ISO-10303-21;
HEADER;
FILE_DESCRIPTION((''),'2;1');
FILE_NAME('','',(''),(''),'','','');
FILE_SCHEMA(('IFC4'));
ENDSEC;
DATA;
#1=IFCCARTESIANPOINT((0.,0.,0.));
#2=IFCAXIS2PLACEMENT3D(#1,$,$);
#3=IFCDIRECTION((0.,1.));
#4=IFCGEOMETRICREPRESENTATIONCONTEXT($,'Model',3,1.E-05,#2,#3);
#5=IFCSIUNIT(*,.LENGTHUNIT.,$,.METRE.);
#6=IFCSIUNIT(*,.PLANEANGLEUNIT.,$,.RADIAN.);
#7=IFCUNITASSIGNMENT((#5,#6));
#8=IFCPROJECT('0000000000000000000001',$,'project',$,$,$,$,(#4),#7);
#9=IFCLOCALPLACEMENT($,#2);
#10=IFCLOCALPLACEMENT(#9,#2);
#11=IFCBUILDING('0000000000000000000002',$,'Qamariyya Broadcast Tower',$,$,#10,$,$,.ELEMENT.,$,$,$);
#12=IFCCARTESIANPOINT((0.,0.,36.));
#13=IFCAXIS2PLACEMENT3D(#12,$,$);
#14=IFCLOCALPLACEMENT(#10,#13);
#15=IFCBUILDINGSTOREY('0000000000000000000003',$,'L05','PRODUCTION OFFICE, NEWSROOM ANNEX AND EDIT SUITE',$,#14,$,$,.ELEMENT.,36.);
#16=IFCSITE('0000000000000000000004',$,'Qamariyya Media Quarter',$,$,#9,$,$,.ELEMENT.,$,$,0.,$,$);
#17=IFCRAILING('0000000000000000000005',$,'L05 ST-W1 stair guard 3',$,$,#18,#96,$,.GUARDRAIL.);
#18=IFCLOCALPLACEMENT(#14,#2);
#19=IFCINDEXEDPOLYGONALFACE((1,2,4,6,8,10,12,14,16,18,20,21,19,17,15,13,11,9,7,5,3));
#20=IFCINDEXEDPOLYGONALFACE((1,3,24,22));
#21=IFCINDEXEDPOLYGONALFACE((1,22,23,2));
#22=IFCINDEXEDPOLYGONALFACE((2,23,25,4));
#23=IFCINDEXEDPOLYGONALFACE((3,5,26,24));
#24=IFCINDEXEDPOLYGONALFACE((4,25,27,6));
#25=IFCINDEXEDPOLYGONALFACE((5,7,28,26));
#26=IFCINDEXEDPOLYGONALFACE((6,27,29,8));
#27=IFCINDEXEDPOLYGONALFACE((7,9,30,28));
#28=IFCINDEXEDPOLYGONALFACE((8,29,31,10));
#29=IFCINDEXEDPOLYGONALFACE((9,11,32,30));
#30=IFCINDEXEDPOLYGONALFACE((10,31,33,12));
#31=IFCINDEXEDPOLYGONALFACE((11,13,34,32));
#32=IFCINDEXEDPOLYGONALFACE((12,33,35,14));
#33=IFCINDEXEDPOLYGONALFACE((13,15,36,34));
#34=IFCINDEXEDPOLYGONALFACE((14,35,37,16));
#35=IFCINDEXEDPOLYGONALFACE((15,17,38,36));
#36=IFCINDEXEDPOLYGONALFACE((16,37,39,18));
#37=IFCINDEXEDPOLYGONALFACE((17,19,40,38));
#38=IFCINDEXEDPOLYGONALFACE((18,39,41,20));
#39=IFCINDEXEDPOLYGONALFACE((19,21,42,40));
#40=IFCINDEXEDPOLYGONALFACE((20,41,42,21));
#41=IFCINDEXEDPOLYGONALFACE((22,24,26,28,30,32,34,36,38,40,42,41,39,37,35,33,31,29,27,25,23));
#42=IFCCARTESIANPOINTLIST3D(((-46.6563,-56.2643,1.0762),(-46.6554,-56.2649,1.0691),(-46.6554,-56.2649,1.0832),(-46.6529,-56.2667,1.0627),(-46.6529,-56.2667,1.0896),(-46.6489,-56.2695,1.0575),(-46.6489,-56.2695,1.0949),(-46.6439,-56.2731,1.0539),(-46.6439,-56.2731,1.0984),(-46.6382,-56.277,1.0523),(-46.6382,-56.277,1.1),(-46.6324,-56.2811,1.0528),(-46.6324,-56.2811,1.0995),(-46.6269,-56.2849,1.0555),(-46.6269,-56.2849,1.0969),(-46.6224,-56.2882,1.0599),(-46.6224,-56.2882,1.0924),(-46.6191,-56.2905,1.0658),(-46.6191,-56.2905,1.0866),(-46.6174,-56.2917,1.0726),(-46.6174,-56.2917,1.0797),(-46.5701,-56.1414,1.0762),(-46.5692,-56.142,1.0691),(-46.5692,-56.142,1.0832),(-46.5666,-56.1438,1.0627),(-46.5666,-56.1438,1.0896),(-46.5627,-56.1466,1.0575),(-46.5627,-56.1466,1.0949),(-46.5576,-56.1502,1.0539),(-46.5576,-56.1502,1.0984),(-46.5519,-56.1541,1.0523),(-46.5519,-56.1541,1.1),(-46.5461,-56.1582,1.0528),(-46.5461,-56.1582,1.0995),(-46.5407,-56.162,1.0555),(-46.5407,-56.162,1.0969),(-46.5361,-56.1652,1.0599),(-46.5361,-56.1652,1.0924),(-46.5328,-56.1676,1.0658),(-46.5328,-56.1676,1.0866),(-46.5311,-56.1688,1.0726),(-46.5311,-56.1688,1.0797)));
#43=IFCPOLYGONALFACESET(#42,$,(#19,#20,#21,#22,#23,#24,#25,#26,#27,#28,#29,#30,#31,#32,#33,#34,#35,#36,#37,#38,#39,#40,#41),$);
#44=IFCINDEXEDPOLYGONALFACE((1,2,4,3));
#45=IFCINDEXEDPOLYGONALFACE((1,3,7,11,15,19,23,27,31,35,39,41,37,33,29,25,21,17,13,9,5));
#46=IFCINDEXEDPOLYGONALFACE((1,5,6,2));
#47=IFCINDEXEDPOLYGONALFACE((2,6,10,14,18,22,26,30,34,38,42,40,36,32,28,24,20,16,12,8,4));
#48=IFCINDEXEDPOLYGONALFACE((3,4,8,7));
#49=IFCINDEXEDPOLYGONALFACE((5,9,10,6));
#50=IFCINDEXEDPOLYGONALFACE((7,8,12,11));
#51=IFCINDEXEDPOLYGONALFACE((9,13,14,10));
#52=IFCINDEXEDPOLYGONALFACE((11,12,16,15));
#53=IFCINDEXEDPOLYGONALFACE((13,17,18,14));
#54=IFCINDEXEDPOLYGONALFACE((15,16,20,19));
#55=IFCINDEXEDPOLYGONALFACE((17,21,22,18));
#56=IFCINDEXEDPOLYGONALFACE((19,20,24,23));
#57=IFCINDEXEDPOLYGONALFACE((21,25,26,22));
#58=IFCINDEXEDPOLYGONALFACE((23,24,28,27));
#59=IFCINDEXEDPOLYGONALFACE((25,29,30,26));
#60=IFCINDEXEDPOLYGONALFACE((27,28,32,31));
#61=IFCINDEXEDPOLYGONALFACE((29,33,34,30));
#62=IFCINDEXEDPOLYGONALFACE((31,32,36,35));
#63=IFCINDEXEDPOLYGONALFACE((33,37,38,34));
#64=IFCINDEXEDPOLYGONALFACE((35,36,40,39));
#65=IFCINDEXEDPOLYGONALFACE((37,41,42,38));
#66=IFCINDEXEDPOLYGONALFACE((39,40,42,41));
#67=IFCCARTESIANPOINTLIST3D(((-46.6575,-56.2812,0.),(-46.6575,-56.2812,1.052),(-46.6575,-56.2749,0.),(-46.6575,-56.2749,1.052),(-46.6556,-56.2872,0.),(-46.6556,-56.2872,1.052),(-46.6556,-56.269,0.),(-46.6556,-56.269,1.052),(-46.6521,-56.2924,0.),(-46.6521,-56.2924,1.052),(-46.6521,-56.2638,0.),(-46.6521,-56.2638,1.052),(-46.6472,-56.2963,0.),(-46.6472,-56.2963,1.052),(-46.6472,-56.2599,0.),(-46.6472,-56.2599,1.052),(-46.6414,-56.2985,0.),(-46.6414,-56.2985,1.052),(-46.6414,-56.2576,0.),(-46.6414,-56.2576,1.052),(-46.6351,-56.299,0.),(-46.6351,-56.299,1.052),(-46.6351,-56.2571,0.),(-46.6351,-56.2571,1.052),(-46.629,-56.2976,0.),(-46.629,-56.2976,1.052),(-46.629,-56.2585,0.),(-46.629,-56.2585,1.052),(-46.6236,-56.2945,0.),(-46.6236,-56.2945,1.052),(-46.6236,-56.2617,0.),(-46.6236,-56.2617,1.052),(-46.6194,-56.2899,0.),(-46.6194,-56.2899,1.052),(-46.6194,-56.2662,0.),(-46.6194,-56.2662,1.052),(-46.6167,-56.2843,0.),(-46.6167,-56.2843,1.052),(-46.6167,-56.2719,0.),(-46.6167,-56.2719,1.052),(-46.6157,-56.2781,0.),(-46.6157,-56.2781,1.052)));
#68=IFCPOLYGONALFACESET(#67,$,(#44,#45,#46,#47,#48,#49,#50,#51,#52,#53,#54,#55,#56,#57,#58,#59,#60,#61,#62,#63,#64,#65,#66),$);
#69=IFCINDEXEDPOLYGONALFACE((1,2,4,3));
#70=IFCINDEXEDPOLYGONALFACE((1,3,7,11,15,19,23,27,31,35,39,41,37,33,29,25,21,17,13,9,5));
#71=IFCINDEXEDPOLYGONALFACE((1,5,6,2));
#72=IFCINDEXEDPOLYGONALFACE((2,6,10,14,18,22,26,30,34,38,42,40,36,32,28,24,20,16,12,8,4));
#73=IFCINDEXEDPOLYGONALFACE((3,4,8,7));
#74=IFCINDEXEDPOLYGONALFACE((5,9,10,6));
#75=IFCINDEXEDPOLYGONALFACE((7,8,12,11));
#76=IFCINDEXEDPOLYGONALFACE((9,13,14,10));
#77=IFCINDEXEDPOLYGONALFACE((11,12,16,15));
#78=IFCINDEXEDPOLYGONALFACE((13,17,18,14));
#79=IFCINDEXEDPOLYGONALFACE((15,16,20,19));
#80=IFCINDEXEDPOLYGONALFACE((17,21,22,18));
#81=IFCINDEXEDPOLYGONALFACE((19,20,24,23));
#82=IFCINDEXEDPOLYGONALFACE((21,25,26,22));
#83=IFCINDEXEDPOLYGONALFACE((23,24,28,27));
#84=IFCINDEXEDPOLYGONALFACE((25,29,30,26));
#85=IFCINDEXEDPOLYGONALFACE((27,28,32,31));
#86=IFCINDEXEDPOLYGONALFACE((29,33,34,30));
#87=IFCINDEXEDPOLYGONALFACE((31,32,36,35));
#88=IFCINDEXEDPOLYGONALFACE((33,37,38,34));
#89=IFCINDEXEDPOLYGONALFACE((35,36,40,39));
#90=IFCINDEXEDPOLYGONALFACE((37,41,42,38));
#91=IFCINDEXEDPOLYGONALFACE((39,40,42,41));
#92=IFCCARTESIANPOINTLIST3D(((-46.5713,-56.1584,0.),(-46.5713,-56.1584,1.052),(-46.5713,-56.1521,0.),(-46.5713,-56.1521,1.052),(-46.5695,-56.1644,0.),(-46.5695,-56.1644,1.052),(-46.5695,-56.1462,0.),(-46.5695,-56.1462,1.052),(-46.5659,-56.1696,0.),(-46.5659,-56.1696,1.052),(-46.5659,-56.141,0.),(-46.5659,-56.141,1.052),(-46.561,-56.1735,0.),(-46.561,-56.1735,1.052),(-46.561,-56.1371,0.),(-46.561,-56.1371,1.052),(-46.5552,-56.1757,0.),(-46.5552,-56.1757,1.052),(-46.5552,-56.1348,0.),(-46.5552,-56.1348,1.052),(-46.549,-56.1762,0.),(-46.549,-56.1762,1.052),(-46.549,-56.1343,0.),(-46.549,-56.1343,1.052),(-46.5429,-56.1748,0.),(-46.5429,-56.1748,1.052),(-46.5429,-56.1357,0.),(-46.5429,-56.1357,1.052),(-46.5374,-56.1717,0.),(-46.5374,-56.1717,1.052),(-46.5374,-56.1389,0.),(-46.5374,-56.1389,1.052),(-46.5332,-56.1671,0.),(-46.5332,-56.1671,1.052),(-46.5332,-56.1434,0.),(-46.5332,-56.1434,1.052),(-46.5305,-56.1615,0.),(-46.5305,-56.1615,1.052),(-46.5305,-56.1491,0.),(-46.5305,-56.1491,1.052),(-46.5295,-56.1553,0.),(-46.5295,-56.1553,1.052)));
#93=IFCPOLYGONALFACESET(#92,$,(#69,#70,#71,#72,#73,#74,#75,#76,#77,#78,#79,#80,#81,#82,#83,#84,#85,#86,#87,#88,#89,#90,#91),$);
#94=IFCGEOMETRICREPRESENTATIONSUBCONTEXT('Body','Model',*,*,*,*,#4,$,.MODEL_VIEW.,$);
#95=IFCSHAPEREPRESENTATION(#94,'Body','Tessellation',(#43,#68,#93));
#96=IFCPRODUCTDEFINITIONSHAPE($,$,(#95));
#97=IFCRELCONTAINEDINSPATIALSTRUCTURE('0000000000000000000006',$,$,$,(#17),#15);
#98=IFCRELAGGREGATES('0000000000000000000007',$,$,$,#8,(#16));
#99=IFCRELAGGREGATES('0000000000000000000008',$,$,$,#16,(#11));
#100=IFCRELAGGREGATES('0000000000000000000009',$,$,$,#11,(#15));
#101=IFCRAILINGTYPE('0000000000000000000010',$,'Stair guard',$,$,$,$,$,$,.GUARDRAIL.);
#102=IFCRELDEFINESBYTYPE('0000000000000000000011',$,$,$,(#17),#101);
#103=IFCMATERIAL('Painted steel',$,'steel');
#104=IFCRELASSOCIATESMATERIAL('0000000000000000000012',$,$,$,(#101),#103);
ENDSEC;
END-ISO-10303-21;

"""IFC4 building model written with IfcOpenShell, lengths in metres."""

from ifc_helpers import new_model, si_unit, direction, frame, origin, origin_2d, place, context, subcontext, project, spatial, circle, extrude, material, type_object, element, save


model = new_model("IFC4")

# Units and contexts
model_context = context("Model", 3, precision=1e-05, world=origin(), true_north=direction((0.0, 1.0)))
body_context = subcontext(model_context, "Body", "Model", "MODEL_VIEW")
ifc_project = project(units=[si_unit("LENGTHUNIT", "METRE"), si_unit("PLANEANGLEUNIT", "RADIAN")], contexts=[model_context])

# Site, building, storey
site_placement = place(None, origin())
site = spatial("IfcSite", under=ifc_project, at=site_placement, Name="Qamariyya Media Quarter", CompositionType="ELEMENT", RefElevation=0.0)
building_placement = place(site_placement, origin())
building = spatial("IfcBuilding", under=site, at=building_placement, Name="Qamariyya Broadcast Tower", CompositionType="ELEMENT")
storey_placement = place(building_placement, frame((0.0, 0.0, 36.0)))
storey = spatial("IfcBuildingStorey", under=building, at=storey_placement, Name="L05", Description="PRODUCTION OFFICE, NEWSROOM ANNEX AND EDIT SUITE", CompositionType="ELEMENT", Elevation=36.0)

# Railing
ifc_material_1 = material(Name="Painted steel", Category="steel")
railing_type_1 = type_object("IfcRailingType", Name="Stair guard", PredefinedType="GUARDRAIL", material=ifc_material_1)
railing_1_placement = place(storey_placement, frame((-46.6367, -56.2781, 0.0)))
element("IfcRailing", 1, at=railing_1_placement, inside=storey, type_object=railing_type_1, Name="L05 ST-W1 stair guard 3", PredefinedType="GUARDRAIL", context=body_context, shape_type="SweptSolid", body=[
    extrude(circle(Radius=0.0239, at=origin_2d()), frame((0.0, 0.0, 1.0762), z_axis=(0.574445, 0.818543, 0.0), x_axis=(-0.818543, 0.574445, 0.0)), (0.0, 0.0, 1.0), 0.1501),
    extrude(circle(Radius=0.021, at=origin_2d()), origin(), (0.0, 0.0, 1.0), 1.052),
    extrude(circle(Radius=0.021, at=origin_2d()), frame((0.0862, 0.1228, 0.0)), (0.0, 0.0, 1.0), 1.052),
])

save(model, "model.ifc")
